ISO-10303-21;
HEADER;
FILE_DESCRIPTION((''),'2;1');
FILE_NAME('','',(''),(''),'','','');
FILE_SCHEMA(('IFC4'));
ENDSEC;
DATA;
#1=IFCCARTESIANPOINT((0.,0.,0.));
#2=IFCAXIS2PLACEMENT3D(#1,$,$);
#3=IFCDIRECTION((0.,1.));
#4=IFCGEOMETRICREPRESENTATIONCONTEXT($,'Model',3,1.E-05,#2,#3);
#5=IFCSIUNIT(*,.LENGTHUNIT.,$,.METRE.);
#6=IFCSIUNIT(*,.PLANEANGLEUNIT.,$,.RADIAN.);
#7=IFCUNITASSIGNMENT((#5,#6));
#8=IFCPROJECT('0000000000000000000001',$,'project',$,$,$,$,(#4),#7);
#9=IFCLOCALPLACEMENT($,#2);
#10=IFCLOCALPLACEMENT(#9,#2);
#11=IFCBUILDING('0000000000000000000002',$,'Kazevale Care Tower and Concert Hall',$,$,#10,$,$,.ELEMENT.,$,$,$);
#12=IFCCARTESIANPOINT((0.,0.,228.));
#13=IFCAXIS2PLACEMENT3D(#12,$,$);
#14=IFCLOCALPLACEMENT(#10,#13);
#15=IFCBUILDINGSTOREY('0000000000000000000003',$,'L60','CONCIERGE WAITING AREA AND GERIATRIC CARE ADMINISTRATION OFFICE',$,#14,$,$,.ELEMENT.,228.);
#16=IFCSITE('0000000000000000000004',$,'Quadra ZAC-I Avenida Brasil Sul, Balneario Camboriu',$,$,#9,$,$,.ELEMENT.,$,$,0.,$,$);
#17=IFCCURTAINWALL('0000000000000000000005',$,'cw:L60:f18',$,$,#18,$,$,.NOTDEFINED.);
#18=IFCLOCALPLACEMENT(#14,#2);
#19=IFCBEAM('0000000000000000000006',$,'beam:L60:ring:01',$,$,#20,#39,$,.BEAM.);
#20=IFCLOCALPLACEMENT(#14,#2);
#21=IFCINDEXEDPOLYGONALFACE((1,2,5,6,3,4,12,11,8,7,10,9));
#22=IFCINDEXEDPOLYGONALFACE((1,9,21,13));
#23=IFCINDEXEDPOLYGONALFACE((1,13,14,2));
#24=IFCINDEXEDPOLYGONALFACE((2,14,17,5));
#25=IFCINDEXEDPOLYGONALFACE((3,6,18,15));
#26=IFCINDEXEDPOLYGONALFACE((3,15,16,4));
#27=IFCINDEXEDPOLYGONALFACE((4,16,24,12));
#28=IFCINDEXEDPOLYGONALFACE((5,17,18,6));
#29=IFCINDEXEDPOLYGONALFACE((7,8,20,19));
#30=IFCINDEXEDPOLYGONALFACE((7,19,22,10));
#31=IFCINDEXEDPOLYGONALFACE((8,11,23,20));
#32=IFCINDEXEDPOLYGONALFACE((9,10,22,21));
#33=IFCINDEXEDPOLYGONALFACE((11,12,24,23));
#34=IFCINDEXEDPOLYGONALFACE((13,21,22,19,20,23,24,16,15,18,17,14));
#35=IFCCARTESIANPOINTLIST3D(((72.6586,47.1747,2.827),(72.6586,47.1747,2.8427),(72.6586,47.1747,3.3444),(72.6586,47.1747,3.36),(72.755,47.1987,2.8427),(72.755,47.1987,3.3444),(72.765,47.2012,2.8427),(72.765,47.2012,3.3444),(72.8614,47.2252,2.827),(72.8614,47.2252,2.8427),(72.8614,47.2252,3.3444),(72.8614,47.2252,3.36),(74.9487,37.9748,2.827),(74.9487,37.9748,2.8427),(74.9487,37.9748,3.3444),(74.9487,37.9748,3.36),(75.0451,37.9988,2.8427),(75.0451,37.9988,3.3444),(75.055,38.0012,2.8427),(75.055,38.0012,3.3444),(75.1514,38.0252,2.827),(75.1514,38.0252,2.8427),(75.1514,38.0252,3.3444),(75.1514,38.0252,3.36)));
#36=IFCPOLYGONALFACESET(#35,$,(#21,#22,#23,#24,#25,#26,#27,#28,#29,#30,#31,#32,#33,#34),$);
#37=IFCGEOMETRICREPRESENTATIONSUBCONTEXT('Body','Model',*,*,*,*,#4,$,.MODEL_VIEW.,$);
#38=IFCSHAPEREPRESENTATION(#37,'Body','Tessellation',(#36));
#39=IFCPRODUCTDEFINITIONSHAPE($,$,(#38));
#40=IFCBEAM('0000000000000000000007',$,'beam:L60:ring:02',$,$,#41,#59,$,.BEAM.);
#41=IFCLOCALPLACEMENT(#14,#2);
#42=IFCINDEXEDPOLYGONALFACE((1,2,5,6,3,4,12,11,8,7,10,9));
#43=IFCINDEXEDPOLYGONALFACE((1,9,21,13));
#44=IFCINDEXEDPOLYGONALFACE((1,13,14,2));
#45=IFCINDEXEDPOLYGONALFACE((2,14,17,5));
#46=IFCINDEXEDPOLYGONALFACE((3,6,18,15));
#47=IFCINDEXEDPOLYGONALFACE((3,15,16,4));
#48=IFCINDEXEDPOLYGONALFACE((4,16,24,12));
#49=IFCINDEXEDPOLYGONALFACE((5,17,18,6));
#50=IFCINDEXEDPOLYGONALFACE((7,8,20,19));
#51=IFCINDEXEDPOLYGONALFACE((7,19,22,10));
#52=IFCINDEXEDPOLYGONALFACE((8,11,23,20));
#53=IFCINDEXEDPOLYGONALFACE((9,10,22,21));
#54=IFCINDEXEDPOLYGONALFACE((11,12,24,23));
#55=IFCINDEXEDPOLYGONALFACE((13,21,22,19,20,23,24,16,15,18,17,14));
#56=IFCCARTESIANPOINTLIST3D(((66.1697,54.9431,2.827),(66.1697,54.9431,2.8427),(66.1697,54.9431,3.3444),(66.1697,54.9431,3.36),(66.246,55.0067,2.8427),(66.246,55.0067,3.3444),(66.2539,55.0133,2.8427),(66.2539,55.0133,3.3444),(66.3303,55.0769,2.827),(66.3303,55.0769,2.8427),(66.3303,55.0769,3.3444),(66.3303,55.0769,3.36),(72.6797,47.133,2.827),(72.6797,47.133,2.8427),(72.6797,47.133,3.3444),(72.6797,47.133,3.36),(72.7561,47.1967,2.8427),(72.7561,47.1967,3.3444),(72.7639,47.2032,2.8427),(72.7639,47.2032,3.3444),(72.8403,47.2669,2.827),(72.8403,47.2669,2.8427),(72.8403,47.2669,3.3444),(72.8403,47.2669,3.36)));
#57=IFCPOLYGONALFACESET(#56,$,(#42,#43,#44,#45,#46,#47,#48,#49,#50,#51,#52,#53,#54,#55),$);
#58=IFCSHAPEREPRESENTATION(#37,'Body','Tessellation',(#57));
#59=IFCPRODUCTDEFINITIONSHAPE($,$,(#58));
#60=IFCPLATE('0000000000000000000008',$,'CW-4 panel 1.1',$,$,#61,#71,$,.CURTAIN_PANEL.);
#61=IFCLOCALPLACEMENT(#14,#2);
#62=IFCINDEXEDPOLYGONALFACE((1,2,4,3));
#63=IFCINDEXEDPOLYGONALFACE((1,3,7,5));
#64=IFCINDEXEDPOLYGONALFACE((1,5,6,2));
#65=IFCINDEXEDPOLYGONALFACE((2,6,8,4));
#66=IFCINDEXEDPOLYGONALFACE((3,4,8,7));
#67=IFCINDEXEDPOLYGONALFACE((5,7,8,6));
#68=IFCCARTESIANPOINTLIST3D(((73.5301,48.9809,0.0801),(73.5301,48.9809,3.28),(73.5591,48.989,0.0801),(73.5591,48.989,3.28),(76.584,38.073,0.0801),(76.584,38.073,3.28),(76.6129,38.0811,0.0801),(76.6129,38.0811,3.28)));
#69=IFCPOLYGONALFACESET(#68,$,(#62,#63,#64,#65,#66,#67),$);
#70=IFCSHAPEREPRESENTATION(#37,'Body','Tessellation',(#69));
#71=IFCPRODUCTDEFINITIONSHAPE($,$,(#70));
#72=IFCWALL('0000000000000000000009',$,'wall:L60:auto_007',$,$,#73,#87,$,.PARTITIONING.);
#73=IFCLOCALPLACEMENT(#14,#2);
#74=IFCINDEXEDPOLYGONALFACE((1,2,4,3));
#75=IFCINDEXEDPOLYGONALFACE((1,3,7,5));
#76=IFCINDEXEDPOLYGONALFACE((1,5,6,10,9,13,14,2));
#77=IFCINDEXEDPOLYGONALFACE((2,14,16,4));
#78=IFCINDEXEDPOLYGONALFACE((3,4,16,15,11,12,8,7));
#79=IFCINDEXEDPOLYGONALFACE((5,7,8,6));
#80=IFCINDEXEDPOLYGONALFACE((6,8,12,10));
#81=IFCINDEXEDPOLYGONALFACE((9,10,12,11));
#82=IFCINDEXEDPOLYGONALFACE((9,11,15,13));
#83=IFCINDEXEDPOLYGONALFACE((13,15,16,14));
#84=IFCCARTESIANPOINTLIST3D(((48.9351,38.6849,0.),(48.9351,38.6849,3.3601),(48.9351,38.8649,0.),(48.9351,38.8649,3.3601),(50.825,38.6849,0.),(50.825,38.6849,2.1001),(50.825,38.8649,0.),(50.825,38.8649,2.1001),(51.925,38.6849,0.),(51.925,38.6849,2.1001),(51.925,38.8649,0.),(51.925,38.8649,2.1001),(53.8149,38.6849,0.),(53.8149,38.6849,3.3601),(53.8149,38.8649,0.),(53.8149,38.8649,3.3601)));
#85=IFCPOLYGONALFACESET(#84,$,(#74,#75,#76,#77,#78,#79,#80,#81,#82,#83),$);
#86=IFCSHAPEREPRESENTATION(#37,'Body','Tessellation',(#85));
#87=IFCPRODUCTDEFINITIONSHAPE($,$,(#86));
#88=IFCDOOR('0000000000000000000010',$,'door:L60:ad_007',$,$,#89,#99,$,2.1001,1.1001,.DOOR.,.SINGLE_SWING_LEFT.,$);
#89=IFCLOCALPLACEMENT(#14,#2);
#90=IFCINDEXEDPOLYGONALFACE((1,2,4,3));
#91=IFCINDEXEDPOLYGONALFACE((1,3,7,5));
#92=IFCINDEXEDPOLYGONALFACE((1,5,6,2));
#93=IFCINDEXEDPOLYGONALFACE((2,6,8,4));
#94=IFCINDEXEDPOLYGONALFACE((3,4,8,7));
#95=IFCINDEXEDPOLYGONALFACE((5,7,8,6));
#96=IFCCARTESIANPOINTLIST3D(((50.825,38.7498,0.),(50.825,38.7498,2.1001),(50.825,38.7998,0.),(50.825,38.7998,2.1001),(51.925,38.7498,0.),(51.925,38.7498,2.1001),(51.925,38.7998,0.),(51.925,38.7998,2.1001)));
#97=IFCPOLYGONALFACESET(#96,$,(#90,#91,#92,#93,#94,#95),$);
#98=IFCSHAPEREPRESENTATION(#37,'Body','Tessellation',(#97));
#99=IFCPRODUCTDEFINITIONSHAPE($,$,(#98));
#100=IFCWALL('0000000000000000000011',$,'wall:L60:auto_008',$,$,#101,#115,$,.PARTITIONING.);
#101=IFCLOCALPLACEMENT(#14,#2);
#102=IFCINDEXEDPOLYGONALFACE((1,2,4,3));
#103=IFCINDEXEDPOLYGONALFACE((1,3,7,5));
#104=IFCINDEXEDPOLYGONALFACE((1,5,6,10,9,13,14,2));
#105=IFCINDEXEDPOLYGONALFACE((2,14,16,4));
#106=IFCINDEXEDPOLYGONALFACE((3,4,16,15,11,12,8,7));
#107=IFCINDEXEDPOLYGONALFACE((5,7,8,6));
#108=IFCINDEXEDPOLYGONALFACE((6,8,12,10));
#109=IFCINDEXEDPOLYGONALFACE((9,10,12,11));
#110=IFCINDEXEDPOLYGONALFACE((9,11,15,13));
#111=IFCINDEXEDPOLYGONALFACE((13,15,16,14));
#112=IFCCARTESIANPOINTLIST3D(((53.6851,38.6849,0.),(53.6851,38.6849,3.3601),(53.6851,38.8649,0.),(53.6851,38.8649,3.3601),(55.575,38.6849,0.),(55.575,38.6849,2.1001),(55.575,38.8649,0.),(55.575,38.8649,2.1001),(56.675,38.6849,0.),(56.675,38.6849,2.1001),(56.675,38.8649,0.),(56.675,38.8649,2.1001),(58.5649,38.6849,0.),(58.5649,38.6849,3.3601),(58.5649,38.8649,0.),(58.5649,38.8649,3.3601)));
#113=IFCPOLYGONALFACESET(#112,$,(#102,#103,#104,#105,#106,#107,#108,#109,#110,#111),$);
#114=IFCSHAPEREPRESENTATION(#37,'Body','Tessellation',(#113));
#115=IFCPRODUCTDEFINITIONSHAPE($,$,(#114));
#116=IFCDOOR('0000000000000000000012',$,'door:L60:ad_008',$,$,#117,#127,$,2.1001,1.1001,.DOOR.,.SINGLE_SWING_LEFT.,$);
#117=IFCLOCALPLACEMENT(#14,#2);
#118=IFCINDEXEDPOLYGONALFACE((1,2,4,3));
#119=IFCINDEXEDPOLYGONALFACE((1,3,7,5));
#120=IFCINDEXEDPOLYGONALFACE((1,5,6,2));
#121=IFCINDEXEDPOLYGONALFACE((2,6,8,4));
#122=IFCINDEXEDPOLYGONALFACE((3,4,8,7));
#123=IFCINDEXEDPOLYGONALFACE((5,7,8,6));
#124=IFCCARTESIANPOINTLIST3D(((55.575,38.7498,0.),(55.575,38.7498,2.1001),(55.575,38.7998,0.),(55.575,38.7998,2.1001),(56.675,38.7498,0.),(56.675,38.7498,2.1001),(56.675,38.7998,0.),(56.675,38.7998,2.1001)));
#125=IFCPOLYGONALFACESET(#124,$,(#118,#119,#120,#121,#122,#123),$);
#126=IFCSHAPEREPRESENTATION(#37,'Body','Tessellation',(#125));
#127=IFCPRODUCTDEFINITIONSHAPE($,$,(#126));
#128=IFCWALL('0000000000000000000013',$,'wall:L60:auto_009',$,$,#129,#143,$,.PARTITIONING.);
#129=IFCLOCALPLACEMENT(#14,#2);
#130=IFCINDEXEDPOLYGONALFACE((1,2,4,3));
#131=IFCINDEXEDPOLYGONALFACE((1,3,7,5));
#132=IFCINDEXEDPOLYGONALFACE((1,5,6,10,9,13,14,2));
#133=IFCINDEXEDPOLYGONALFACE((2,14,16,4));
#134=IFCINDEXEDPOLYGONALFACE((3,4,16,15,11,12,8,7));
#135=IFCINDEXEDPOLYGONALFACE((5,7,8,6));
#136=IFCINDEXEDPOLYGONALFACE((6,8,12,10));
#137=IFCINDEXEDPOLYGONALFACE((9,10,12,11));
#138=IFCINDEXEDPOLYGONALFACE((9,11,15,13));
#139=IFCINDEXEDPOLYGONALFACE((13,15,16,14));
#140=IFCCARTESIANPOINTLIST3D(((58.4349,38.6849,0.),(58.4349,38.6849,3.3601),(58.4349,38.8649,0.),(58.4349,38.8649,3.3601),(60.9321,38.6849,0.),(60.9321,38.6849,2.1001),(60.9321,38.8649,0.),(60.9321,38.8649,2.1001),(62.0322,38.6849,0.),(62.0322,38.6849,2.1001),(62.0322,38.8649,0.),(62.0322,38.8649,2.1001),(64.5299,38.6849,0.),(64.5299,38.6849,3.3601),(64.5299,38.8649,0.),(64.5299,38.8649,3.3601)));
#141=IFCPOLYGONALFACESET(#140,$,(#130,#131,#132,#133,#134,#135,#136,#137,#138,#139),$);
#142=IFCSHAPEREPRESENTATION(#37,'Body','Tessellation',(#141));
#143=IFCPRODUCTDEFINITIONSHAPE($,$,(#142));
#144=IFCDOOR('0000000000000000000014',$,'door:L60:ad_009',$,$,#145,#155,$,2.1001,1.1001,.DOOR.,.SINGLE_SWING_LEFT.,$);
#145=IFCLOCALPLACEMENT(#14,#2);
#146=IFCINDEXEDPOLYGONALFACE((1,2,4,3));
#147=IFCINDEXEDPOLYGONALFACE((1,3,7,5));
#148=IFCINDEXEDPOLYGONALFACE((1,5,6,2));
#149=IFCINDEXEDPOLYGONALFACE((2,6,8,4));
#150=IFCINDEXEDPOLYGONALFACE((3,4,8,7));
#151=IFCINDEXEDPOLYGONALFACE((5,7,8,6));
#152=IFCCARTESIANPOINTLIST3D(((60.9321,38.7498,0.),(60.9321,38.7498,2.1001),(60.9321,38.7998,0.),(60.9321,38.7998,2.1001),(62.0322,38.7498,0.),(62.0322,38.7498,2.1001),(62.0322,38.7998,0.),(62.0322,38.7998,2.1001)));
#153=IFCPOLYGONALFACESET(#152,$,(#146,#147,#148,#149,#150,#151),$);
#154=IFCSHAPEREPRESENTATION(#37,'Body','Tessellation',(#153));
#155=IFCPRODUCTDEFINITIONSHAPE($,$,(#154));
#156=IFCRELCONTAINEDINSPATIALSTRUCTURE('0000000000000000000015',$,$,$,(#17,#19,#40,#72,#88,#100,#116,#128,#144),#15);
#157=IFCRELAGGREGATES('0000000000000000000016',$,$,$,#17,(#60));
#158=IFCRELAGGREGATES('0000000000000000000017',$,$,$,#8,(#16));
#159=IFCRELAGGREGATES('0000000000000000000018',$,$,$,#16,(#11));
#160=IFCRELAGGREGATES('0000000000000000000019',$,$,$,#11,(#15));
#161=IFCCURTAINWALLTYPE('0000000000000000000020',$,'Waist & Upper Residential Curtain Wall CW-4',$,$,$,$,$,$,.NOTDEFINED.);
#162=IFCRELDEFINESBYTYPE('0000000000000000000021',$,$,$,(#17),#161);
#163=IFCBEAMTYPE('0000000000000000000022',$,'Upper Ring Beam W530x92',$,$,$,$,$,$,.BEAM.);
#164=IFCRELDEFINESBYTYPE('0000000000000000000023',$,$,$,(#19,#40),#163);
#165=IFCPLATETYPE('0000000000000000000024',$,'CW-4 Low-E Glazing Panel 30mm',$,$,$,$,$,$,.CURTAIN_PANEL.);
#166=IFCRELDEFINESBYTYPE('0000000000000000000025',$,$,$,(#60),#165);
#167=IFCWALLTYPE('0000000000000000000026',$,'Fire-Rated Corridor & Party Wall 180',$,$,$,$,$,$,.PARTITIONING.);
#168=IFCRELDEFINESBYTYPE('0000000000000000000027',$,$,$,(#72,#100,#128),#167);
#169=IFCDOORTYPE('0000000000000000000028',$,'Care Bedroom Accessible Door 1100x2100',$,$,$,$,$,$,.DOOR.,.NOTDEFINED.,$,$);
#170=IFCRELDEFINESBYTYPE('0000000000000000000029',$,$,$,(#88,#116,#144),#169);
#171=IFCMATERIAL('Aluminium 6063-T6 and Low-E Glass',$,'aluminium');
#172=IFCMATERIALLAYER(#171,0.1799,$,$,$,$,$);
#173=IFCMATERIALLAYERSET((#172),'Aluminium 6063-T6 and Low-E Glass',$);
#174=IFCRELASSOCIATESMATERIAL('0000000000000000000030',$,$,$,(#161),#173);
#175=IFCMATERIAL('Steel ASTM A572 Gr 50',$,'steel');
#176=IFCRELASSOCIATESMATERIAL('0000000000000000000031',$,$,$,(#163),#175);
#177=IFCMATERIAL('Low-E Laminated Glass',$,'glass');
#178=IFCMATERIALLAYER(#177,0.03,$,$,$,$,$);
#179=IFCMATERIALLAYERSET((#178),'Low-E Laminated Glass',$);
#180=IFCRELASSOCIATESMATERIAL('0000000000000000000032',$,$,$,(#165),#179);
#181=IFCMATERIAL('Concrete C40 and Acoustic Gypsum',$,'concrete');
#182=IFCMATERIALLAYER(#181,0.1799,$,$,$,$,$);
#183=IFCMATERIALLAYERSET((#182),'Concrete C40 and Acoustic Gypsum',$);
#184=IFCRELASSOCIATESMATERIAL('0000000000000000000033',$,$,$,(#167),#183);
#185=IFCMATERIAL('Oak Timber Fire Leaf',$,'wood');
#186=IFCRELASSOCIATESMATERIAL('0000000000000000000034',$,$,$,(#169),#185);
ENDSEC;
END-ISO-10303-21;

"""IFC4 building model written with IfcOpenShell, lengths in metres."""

from ifc_helpers import new_model, si_unit, direction, frame, frame_2d, origin, origin_2d, place, context, subcontext, project, spatial, rectangle, i_section, extrude, material, layer, layer_set, material_profile, profile_set, type_object, element, fill, aggregate, save


model = new_model("IFC4")

# Units and contexts
model_context = context("Model", 3, precision=1e-05, world=origin(), true_north=direction((0.0, 1.0)))
body_context = subcontext(model_context, "Body", "Model", "MODEL_VIEW")
ifc_project = project(units=[si_unit("LENGTHUNIT", "METRE"), si_unit("PLANEANGLEUNIT", "RADIAN")], contexts=[model_context])

# Site, building, storey
site_placement = place(None, origin())
site = spatial("IfcSite", under=ifc_project, at=site_placement, Name="Quadra ZAC-I Avenida Brasil Sul, Balneario Camboriu", CompositionType="ELEMENT", RefElevation=0.0)
building_placement = place(site_placement, origin())
building = spatial("IfcBuilding", under=site, at=building_placement, Name="Kazevale Care Tower and Concert Hall", CompositionType="ELEMENT")
storey_placement = place(building_placement, frame((0.0, 0.0, 228.0)))
storey = spatial("IfcBuildingStorey", under=building, at=storey_placement, Name="L60", Description="CONCIERGE WAITING AREA AND GERIATRIC CARE ADMINISTRATION OFFICE", CompositionType="ELEMENT", Elevation=228.0)

# Curtain wall
ifc_material_1 = material(Name="Aluminium 6063-T6 and Low-E Glass", Category="aluminium")
ifc_layer_1 = layer(ifc_material_1, 0.1799)
ifc_layer_set_1 = layer_set([ifc_layer_1], Name="Aluminium 6063-T6 and Low-E Glass")
curtain_wall_type = type_object("IfcCurtainWallType", Name="Waist & Upper Residential Curtain Wall CW-4", PredefinedType="NOTDEFINED", material=ifc_layer_set_1)
curtain_wall_placement = place(storey_placement, origin())
curtain_wall = element("IfcCurtainWall", 1, at=curtain_wall_placement, inside=storey, type_object=curtain_wall_type, Name="cw:L60:f18", PredefinedType="NOTDEFINED")

# Beams
ifc_material_2 = material(Name="Steel ASTM A572 Gr 50", Category="steel")
ifc_material_profile_1 = material_profile(ifc_material_2, i_section(OverallWidth=0.209, OverallDepth=0.533, WebThickness=0.0103, FlangeThickness=0.0156, at=origin_2d()), Name="W530x92")
ifc_profile_set_1 = profile_set([ifc_material_profile_1], Name="Steel ASTM A572 Gr 50")
beam_type_1 = type_object("IfcBeamType", Name="Upper Ring Beam W530x92", PredefinedType="BEAM", material=ifc_profile_set_1)
beam_1_placement = place(storey_placement, frame((75.05, 38.0, 3.0935), z_axis=(-0.241548, 0.970389, 0.0), x_axis=(-0.970389, -0.241548, 0.0)))
element("IfcBeam", 2, at=beam_1_placement, inside=storey, type_object=beam_type_1, Name="beam:L60:ring:01", PredefinedType="BEAM", context=body_context, shape_type="SweptSolid", body=[
    extrude(i_section(OverallWidth=0.209, OverallDepth=0.533, WebThickness=0.0103, FlangeThickness=0.0156, at=origin_2d()), origin(), (0.0, 0.0, 1.0), 9.4807),
])
beam_2_placement = place(storey_placement, frame((72.76, 47.2, 3.0935), z_axis=(-0.640279, 0.768143, 0.0), x_axis=(-0.768143, -0.640279, 0.0)))
element("IfcBeam", 3, at=beam_2_placement, inside=storey, type_object=beam_type_1, Name="beam:L60:ring:02", PredefinedType="BEAM", context=body_context, shape_type="SweptSolid", body=[
    extrude(i_section(OverallWidth=0.209, OverallDepth=0.533, WebThickness=0.0103, FlangeThickness=0.0156, at=origin_2d()), origin(), (0.0, 0.0, 1.0), 10.1675),
])

# Plate
ifc_material_3 = material(Name="Low-E Laminated Glass", Category="glass")
ifc_layer_2 = layer(ifc_material_3, 0.03)
ifc_layer_set_2 = layer_set([ifc_layer_2], Name="Low-E Laminated Glass")
plate_type = type_object("IfcPlateType", Name="CW-4 Low-E Glazing Panel 30mm", PredefinedType="CURTAIN_PANEL", material=ifc_layer_set_2)
plate_placement = place(storey_placement, frame((75.0715, 43.531, 0.0801), z_axis=(0.0, 0.0, 1.0), x_axis=(0.269601, -0.962972, 0.0)))
plate = element("IfcPlate", 4, at=plate_placement, type_object=plate_type, Name="CW-4 panel 1.1", PredefinedType="CURTAIN_PANEL", context=body_context, shape_type="SweptSolid", body=[
    extrude(rectangle(XDim=11.3274, YDim=0.03, at=origin_2d()), origin(), (0.0, 0.0, 1.0), 3.2),
])
aggregate(curtain_wall, [plate])

# Walls, openings, doors
ifc_material_4 = material(Name="Concrete C40 and Acoustic Gypsum", Category="concrete")
ifc_layer_3 = layer(ifc_material_4, 0.1799)
ifc_layer_set_3 = layer_set([ifc_layer_3], Name="Concrete C40 and Acoustic Gypsum")
wall_type_1 = type_object("IfcWallType", Name="Fire-Rated Corridor & Party Wall 180", PredefinedType="PARTITIONING", material=ifc_layer_set_3)
wall_1_placement = place(storey_placement, frame((48.9351, 38.7749, 0.0), z_axis=(0.0, 0.0, 1.0), x_axis=(1.0, 0.0, 0.0)))
wall_1 = element("IfcWall", 5, at=wall_1_placement, inside=storey, type_object=wall_type_1, Name="wall:L60:auto_007", PredefinedType="PARTITIONING", context=body_context, shape_type="SweptSolid", body=[
    extrude(rectangle(XDim=4.8799, YDim=0.1799, at=frame_2d((2.4399, 0.0))), origin(), (0.0, 0.0, 1.0), 3.3601),
])
opening_1_placement = place(wall_1_placement, frame((1.8899, 0.0, 0.0)))
opening_1 = element("IfcOpeningElement", 6, at=opening_1_placement, cuts=wall_1, PredefinedType="OPENING", context=body_context, shape_type="SweptSolid", body=[
    extrude(rectangle(XDim=1.1001, YDim=2.1001, at=frame_2d((0.55, 1.05))), frame((0.0, 0.0999, 0.0), z_axis=(0.0, -1.0, 0.0), x_axis=(1.0, 0.0, 0.0)), (0.0, 0.0, 1.0), 0.2),
])
ifc_material_5 = material(Name="Oak Timber Fire Leaf", Category="wood")
door_type = type_object("IfcDoorType", Name="Care Bedroom Accessible Door 1100x2100", OperationType="NOTDEFINED", PredefinedType="DOOR", material=ifc_material_5)
door_1_placement = place(opening_1_placement, origin())
door_1 = element("IfcDoor", 7, at=door_1_placement, inside=storey, type_object=door_type, Name="door:L60:ad_007", OperationType="SINGLE_SWING_LEFT", OverallHeight=2.1001, OverallWidth=1.1001, PredefinedType="DOOR", context=body_context, shape_type="SweptSolid", body=[
    extrude(rectangle(XDim=1.1001, YDim=2.1001, at=frame_2d((0.55, 1.05))), frame((0.0, 0.0249, 0.0), z_axis=(0.0, -1.0, 0.0), x_axis=(1.0, 0.0, 0.0)), (0.0, 0.0, 1.0), 0.05),
])
fill(opening_1, door_1)
wall_2_placement = place(storey_placement, frame((53.6851, 38.7749, 0.0), z_axis=(0.0, 0.0, 1.0), x_axis=(1.0, 0.0, 0.0)))
wall_2 = element("IfcWall", 8, at=wall_2_placement, inside=storey, type_object=wall_type_1, Name="wall:L60:auto_008", PredefinedType="PARTITIONING", context=body_context, shape_type="SweptSolid", body=[
    extrude(rectangle(XDim=4.8799, YDim=0.1799, at=frame_2d((2.4399, 0.0))), origin(), (0.0, 0.0, 1.0), 3.3601),
])
opening_2_placement = place(wall_2_placement, frame((1.8899, 0.0, 0.0)))
opening_2 = element("IfcOpeningElement", 9, at=opening_2_placement, cuts=wall_2, PredefinedType="OPENING", context=body_context, shape_type="SweptSolid", body=[
    extrude(rectangle(XDim=1.1001, YDim=2.1001, at=frame_2d((0.55, 1.05))), frame((0.0, 0.0999, 0.0), z_axis=(0.0, -1.0, 0.0), x_axis=(1.0, 0.0, 0.0)), (0.0, 0.0, 1.0), 0.2),
])
door_2_placement = place(opening_2_placement, origin())
door_2 = element("IfcDoor", 10, at=door_2_placement, inside=storey, type_object=door_type, Name="door:L60:ad_008", OperationType="SINGLE_SWING_LEFT", OverallHeight=2.1001, OverallWidth=1.1001, PredefinedType="DOOR", context=body_context, shape_type="SweptSolid", body=[
    extrude(rectangle(XDim=1.1001, YDim=2.1001, at=frame_2d((0.55, 1.05))), frame((0.0, 0.0249, 0.0), z_axis=(0.0, -1.0, 0.0), x_axis=(1.0, 0.0, 0.0)), (0.0, 0.0, 1.0), 0.05),
])
fill(opening_2, door_2)
wall_3_placement = place(storey_placement, frame((58.4351, 38.7749, 0.0), z_axis=(0.0, 0.0, 1.0), x_axis=(1.0, 0.0, 0.0)))
wall_3 = element("IfcWall", 11, at=wall_3_placement, inside=storey, type_object=wall_type_1, Name="wall:L60:auto_009", PredefinedType="PARTITIONING", context=body_context, shape_type="SweptSolid", body=[
    extrude(rectangle(XDim=6.095, YDim=0.1799, at=frame_2d((3.0474, 0.0))), origin(), (0.0, 0.0, 1.0), 3.3601),
])
opening_3_placement = place(wall_3_placement, frame((2.4971, 0.0, 0.0)))
opening_3 = element("IfcOpeningElement", 12, at=opening_3_placement, cuts=wall_3, PredefinedType="OPENING", context=body_context, shape_type="SweptSolid", body=[
    extrude(rectangle(XDim=1.1001, YDim=2.1001, at=frame_2d((0.55, 1.05))), frame((0.0, 0.0999, 0.0), z_axis=(0.0, -1.0, 0.0), x_axis=(1.0, 0.0, 0.0)), (0.0, 0.0, 1.0), 0.2),
])
door_3_placement = place(opening_3_placement, origin())
door_3 = element("IfcDoor", 13, at=door_3_placement, inside=storey, type_object=door_type, Name="door:L60:ad_009", OperationType="SINGLE_SWING_LEFT", OverallHeight=2.1001, OverallWidth=1.1001, PredefinedType="DOOR", context=body_context, shape_type="SweptSolid", body=[
    extrude(rectangle(XDim=1.1001, YDim=2.1001, at=frame_2d((0.55, 1.05))), frame((0.0, 0.0249, 0.0), z_axis=(0.0, -1.0, 0.0), x_axis=(1.0, 0.0, 0.0)), (0.0, 0.0, 1.0), 0.05),
])
fill(opening_3, door_3)

save(model, "model.ifc")
